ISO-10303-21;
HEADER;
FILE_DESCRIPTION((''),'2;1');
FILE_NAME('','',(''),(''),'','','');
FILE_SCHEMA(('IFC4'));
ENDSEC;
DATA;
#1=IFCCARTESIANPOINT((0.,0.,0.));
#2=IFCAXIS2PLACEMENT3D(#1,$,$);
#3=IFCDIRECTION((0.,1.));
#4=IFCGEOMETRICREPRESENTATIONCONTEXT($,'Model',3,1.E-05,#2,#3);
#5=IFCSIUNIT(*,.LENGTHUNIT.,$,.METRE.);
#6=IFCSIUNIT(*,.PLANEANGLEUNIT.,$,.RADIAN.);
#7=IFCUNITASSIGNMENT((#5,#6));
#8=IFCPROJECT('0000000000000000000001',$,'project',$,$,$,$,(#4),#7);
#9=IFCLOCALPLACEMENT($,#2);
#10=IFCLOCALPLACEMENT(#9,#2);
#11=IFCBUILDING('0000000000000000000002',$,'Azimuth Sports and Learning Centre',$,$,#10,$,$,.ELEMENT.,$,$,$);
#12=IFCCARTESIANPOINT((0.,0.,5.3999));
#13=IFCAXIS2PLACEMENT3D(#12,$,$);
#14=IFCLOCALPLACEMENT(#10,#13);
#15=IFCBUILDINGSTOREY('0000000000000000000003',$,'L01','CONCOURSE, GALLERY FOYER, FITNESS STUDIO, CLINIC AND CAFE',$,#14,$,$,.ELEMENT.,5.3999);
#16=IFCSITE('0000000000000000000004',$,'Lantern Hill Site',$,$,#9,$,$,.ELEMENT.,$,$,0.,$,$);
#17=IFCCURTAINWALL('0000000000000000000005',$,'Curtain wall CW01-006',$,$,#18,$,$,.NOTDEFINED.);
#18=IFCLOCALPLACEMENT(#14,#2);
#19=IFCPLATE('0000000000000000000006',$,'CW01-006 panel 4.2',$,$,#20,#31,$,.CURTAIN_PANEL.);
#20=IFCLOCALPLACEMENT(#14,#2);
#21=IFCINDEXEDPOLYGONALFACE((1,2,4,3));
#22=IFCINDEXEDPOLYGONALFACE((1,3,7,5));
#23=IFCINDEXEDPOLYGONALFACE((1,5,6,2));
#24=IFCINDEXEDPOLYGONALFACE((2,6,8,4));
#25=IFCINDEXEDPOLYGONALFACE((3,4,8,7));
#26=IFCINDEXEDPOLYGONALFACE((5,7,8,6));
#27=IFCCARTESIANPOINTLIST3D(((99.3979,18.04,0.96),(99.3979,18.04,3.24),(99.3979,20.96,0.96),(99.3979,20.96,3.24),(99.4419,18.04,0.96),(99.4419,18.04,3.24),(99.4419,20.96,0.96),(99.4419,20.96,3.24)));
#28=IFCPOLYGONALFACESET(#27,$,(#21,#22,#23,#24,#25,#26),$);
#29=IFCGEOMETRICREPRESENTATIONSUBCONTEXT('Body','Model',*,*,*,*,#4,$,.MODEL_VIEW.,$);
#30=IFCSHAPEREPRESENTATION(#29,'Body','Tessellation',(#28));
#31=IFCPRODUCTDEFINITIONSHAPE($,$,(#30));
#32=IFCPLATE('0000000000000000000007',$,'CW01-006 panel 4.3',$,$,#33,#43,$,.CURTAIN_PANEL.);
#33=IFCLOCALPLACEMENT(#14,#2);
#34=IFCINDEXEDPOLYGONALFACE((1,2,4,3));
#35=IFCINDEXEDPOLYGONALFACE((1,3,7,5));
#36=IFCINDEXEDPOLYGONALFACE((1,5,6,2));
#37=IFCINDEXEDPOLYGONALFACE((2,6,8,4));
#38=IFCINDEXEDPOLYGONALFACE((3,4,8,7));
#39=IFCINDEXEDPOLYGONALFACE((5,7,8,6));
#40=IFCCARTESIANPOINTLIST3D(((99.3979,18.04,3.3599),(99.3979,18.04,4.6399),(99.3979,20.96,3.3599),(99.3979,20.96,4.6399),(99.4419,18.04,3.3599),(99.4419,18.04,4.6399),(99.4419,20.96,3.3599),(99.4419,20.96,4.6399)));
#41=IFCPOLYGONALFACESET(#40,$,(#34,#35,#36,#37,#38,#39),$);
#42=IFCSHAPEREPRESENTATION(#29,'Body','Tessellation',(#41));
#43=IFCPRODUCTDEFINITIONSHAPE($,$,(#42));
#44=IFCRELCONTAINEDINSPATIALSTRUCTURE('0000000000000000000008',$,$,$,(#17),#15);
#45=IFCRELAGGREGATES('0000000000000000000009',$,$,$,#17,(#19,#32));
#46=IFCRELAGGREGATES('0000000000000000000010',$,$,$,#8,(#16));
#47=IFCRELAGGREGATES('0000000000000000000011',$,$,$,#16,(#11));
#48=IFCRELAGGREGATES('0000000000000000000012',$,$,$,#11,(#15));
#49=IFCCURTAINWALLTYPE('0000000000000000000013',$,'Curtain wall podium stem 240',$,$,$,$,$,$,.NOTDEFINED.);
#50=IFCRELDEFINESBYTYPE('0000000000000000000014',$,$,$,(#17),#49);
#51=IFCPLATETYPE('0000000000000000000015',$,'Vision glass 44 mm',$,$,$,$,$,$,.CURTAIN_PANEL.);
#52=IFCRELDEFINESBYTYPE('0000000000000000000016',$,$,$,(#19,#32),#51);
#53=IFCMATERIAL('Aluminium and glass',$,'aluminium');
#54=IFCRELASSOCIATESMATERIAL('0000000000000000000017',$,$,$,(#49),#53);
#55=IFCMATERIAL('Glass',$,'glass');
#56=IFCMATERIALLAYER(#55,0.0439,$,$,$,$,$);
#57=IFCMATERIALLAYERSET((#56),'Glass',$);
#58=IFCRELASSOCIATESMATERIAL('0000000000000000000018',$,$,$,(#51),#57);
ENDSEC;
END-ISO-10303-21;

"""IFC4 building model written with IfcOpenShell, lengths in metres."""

from ifc_helpers import new_model, si_unit, direction, frame, origin, origin_2d, place, context, subcontext, project, spatial, rectangle, extrude, material, layer, layer_set, type_object, element, aggregate, save


model = new_model("IFC4")

# Units and contexts
model_context = context("Model", 3, precision=1e-05, world=origin(), true_north=direction((0.0, 1.0)))
body_context = subcontext(model_context, "Body", "Model", "MODEL_VIEW")
ifc_project = project(units=[si_unit("LENGTHUNIT", "METRE"), si_unit("PLANEANGLEUNIT", "RADIAN")], contexts=[model_context])

# Site, building, storey
site_placement = place(None, origin())
site = spatial("IfcSite", under=ifc_project, at=site_placement, Name="Lantern Hill Site", CompositionType="ELEMENT", RefElevation=0.0)
building_placement = place(site_placement, origin())
building = spatial("IfcBuilding", under=site, at=building_placement, Name="Azimuth Sports and Learning Centre", CompositionType="ELEMENT")
storey_placement = place(building_placement, frame((0.0, 0.0, 5.3999)))
storey = spatial("IfcBuildingStorey", under=building, at=storey_placement, Name="L01", Description="CONCOURSE, GALLERY FOYER, FITNESS STUDIO, CLINIC AND CAFE", CompositionType="ELEMENT", Elevation=5.3999)

# Curtain wall, plates
ifc_material_1 = material(Name="Aluminium and glass", Category="aluminium")
curtain_wall_type = type_object("IfcCurtainWallType", Name="Curtain wall podium stem 240", PredefinedType="NOTDEFINED", material=ifc_material_1)
curtain_wall_placement = place(storey_placement, origin())
curtain_wall = element("IfcCurtainWall", 1, at=curtain_wall_placement, inside=storey, type_object=curtain_wall_type, Name="Curtain wall CW01-006", PredefinedType="NOTDEFINED")
ifc_material_2 = material(Name="Glass", Category="glass")
ifc_layer_1 = layer(ifc_material_2, 0.0439)
ifc_layer_set_1 = layer_set([ifc_layer_1], Name="Glass")
plate_type_1 = type_object("IfcPlateType", Name="Vision glass 44 mm", PredefinedType="CURTAIN_PANEL", material=ifc_layer_set_1)
plate_1_placement = place(storey_placement, frame((99.4199, 19.5, 0.96), z_axis=(0.0, 0.0, 1.0), x_axis=(0.0, 1.0, 0.0)))
plate_1 = element("IfcPlate", 2, at=plate_1_placement, type_object=plate_type_1, Name="CW01-006 panel 4.2", PredefinedType="CURTAIN_PANEL", context=body_context, shape_type="SweptSolid", body=[
    extrude(rectangle(XDim=2.9199, YDim=0.0439, at=origin_2d()), origin(), (0.0, 0.0, 1.0), 2.28),
])
plate_2_placement = place(storey_placement, frame((99.4199, 19.5, 3.3599), z_axis=(0.0, 0.0, 1.0), x_axis=(0.0, 1.0, 0.0)))
plate_2 = element("IfcPlate", 3, at=plate_2_placement, type_object=plate_type_1, Name="CW01-006 panel 4.3", PredefinedType="CURTAIN_PANEL", context=body_context, shape_type="SweptSolid", body=[
    extrude(rectangle(XDim=2.9199, YDim=0.0439, at=origin_2d()), origin(), (0.0, 0.0, 1.0), 1.28),
])
aggregate(curtain_wall, [plate_1, plate_2])

save(model, "model.ifc")
